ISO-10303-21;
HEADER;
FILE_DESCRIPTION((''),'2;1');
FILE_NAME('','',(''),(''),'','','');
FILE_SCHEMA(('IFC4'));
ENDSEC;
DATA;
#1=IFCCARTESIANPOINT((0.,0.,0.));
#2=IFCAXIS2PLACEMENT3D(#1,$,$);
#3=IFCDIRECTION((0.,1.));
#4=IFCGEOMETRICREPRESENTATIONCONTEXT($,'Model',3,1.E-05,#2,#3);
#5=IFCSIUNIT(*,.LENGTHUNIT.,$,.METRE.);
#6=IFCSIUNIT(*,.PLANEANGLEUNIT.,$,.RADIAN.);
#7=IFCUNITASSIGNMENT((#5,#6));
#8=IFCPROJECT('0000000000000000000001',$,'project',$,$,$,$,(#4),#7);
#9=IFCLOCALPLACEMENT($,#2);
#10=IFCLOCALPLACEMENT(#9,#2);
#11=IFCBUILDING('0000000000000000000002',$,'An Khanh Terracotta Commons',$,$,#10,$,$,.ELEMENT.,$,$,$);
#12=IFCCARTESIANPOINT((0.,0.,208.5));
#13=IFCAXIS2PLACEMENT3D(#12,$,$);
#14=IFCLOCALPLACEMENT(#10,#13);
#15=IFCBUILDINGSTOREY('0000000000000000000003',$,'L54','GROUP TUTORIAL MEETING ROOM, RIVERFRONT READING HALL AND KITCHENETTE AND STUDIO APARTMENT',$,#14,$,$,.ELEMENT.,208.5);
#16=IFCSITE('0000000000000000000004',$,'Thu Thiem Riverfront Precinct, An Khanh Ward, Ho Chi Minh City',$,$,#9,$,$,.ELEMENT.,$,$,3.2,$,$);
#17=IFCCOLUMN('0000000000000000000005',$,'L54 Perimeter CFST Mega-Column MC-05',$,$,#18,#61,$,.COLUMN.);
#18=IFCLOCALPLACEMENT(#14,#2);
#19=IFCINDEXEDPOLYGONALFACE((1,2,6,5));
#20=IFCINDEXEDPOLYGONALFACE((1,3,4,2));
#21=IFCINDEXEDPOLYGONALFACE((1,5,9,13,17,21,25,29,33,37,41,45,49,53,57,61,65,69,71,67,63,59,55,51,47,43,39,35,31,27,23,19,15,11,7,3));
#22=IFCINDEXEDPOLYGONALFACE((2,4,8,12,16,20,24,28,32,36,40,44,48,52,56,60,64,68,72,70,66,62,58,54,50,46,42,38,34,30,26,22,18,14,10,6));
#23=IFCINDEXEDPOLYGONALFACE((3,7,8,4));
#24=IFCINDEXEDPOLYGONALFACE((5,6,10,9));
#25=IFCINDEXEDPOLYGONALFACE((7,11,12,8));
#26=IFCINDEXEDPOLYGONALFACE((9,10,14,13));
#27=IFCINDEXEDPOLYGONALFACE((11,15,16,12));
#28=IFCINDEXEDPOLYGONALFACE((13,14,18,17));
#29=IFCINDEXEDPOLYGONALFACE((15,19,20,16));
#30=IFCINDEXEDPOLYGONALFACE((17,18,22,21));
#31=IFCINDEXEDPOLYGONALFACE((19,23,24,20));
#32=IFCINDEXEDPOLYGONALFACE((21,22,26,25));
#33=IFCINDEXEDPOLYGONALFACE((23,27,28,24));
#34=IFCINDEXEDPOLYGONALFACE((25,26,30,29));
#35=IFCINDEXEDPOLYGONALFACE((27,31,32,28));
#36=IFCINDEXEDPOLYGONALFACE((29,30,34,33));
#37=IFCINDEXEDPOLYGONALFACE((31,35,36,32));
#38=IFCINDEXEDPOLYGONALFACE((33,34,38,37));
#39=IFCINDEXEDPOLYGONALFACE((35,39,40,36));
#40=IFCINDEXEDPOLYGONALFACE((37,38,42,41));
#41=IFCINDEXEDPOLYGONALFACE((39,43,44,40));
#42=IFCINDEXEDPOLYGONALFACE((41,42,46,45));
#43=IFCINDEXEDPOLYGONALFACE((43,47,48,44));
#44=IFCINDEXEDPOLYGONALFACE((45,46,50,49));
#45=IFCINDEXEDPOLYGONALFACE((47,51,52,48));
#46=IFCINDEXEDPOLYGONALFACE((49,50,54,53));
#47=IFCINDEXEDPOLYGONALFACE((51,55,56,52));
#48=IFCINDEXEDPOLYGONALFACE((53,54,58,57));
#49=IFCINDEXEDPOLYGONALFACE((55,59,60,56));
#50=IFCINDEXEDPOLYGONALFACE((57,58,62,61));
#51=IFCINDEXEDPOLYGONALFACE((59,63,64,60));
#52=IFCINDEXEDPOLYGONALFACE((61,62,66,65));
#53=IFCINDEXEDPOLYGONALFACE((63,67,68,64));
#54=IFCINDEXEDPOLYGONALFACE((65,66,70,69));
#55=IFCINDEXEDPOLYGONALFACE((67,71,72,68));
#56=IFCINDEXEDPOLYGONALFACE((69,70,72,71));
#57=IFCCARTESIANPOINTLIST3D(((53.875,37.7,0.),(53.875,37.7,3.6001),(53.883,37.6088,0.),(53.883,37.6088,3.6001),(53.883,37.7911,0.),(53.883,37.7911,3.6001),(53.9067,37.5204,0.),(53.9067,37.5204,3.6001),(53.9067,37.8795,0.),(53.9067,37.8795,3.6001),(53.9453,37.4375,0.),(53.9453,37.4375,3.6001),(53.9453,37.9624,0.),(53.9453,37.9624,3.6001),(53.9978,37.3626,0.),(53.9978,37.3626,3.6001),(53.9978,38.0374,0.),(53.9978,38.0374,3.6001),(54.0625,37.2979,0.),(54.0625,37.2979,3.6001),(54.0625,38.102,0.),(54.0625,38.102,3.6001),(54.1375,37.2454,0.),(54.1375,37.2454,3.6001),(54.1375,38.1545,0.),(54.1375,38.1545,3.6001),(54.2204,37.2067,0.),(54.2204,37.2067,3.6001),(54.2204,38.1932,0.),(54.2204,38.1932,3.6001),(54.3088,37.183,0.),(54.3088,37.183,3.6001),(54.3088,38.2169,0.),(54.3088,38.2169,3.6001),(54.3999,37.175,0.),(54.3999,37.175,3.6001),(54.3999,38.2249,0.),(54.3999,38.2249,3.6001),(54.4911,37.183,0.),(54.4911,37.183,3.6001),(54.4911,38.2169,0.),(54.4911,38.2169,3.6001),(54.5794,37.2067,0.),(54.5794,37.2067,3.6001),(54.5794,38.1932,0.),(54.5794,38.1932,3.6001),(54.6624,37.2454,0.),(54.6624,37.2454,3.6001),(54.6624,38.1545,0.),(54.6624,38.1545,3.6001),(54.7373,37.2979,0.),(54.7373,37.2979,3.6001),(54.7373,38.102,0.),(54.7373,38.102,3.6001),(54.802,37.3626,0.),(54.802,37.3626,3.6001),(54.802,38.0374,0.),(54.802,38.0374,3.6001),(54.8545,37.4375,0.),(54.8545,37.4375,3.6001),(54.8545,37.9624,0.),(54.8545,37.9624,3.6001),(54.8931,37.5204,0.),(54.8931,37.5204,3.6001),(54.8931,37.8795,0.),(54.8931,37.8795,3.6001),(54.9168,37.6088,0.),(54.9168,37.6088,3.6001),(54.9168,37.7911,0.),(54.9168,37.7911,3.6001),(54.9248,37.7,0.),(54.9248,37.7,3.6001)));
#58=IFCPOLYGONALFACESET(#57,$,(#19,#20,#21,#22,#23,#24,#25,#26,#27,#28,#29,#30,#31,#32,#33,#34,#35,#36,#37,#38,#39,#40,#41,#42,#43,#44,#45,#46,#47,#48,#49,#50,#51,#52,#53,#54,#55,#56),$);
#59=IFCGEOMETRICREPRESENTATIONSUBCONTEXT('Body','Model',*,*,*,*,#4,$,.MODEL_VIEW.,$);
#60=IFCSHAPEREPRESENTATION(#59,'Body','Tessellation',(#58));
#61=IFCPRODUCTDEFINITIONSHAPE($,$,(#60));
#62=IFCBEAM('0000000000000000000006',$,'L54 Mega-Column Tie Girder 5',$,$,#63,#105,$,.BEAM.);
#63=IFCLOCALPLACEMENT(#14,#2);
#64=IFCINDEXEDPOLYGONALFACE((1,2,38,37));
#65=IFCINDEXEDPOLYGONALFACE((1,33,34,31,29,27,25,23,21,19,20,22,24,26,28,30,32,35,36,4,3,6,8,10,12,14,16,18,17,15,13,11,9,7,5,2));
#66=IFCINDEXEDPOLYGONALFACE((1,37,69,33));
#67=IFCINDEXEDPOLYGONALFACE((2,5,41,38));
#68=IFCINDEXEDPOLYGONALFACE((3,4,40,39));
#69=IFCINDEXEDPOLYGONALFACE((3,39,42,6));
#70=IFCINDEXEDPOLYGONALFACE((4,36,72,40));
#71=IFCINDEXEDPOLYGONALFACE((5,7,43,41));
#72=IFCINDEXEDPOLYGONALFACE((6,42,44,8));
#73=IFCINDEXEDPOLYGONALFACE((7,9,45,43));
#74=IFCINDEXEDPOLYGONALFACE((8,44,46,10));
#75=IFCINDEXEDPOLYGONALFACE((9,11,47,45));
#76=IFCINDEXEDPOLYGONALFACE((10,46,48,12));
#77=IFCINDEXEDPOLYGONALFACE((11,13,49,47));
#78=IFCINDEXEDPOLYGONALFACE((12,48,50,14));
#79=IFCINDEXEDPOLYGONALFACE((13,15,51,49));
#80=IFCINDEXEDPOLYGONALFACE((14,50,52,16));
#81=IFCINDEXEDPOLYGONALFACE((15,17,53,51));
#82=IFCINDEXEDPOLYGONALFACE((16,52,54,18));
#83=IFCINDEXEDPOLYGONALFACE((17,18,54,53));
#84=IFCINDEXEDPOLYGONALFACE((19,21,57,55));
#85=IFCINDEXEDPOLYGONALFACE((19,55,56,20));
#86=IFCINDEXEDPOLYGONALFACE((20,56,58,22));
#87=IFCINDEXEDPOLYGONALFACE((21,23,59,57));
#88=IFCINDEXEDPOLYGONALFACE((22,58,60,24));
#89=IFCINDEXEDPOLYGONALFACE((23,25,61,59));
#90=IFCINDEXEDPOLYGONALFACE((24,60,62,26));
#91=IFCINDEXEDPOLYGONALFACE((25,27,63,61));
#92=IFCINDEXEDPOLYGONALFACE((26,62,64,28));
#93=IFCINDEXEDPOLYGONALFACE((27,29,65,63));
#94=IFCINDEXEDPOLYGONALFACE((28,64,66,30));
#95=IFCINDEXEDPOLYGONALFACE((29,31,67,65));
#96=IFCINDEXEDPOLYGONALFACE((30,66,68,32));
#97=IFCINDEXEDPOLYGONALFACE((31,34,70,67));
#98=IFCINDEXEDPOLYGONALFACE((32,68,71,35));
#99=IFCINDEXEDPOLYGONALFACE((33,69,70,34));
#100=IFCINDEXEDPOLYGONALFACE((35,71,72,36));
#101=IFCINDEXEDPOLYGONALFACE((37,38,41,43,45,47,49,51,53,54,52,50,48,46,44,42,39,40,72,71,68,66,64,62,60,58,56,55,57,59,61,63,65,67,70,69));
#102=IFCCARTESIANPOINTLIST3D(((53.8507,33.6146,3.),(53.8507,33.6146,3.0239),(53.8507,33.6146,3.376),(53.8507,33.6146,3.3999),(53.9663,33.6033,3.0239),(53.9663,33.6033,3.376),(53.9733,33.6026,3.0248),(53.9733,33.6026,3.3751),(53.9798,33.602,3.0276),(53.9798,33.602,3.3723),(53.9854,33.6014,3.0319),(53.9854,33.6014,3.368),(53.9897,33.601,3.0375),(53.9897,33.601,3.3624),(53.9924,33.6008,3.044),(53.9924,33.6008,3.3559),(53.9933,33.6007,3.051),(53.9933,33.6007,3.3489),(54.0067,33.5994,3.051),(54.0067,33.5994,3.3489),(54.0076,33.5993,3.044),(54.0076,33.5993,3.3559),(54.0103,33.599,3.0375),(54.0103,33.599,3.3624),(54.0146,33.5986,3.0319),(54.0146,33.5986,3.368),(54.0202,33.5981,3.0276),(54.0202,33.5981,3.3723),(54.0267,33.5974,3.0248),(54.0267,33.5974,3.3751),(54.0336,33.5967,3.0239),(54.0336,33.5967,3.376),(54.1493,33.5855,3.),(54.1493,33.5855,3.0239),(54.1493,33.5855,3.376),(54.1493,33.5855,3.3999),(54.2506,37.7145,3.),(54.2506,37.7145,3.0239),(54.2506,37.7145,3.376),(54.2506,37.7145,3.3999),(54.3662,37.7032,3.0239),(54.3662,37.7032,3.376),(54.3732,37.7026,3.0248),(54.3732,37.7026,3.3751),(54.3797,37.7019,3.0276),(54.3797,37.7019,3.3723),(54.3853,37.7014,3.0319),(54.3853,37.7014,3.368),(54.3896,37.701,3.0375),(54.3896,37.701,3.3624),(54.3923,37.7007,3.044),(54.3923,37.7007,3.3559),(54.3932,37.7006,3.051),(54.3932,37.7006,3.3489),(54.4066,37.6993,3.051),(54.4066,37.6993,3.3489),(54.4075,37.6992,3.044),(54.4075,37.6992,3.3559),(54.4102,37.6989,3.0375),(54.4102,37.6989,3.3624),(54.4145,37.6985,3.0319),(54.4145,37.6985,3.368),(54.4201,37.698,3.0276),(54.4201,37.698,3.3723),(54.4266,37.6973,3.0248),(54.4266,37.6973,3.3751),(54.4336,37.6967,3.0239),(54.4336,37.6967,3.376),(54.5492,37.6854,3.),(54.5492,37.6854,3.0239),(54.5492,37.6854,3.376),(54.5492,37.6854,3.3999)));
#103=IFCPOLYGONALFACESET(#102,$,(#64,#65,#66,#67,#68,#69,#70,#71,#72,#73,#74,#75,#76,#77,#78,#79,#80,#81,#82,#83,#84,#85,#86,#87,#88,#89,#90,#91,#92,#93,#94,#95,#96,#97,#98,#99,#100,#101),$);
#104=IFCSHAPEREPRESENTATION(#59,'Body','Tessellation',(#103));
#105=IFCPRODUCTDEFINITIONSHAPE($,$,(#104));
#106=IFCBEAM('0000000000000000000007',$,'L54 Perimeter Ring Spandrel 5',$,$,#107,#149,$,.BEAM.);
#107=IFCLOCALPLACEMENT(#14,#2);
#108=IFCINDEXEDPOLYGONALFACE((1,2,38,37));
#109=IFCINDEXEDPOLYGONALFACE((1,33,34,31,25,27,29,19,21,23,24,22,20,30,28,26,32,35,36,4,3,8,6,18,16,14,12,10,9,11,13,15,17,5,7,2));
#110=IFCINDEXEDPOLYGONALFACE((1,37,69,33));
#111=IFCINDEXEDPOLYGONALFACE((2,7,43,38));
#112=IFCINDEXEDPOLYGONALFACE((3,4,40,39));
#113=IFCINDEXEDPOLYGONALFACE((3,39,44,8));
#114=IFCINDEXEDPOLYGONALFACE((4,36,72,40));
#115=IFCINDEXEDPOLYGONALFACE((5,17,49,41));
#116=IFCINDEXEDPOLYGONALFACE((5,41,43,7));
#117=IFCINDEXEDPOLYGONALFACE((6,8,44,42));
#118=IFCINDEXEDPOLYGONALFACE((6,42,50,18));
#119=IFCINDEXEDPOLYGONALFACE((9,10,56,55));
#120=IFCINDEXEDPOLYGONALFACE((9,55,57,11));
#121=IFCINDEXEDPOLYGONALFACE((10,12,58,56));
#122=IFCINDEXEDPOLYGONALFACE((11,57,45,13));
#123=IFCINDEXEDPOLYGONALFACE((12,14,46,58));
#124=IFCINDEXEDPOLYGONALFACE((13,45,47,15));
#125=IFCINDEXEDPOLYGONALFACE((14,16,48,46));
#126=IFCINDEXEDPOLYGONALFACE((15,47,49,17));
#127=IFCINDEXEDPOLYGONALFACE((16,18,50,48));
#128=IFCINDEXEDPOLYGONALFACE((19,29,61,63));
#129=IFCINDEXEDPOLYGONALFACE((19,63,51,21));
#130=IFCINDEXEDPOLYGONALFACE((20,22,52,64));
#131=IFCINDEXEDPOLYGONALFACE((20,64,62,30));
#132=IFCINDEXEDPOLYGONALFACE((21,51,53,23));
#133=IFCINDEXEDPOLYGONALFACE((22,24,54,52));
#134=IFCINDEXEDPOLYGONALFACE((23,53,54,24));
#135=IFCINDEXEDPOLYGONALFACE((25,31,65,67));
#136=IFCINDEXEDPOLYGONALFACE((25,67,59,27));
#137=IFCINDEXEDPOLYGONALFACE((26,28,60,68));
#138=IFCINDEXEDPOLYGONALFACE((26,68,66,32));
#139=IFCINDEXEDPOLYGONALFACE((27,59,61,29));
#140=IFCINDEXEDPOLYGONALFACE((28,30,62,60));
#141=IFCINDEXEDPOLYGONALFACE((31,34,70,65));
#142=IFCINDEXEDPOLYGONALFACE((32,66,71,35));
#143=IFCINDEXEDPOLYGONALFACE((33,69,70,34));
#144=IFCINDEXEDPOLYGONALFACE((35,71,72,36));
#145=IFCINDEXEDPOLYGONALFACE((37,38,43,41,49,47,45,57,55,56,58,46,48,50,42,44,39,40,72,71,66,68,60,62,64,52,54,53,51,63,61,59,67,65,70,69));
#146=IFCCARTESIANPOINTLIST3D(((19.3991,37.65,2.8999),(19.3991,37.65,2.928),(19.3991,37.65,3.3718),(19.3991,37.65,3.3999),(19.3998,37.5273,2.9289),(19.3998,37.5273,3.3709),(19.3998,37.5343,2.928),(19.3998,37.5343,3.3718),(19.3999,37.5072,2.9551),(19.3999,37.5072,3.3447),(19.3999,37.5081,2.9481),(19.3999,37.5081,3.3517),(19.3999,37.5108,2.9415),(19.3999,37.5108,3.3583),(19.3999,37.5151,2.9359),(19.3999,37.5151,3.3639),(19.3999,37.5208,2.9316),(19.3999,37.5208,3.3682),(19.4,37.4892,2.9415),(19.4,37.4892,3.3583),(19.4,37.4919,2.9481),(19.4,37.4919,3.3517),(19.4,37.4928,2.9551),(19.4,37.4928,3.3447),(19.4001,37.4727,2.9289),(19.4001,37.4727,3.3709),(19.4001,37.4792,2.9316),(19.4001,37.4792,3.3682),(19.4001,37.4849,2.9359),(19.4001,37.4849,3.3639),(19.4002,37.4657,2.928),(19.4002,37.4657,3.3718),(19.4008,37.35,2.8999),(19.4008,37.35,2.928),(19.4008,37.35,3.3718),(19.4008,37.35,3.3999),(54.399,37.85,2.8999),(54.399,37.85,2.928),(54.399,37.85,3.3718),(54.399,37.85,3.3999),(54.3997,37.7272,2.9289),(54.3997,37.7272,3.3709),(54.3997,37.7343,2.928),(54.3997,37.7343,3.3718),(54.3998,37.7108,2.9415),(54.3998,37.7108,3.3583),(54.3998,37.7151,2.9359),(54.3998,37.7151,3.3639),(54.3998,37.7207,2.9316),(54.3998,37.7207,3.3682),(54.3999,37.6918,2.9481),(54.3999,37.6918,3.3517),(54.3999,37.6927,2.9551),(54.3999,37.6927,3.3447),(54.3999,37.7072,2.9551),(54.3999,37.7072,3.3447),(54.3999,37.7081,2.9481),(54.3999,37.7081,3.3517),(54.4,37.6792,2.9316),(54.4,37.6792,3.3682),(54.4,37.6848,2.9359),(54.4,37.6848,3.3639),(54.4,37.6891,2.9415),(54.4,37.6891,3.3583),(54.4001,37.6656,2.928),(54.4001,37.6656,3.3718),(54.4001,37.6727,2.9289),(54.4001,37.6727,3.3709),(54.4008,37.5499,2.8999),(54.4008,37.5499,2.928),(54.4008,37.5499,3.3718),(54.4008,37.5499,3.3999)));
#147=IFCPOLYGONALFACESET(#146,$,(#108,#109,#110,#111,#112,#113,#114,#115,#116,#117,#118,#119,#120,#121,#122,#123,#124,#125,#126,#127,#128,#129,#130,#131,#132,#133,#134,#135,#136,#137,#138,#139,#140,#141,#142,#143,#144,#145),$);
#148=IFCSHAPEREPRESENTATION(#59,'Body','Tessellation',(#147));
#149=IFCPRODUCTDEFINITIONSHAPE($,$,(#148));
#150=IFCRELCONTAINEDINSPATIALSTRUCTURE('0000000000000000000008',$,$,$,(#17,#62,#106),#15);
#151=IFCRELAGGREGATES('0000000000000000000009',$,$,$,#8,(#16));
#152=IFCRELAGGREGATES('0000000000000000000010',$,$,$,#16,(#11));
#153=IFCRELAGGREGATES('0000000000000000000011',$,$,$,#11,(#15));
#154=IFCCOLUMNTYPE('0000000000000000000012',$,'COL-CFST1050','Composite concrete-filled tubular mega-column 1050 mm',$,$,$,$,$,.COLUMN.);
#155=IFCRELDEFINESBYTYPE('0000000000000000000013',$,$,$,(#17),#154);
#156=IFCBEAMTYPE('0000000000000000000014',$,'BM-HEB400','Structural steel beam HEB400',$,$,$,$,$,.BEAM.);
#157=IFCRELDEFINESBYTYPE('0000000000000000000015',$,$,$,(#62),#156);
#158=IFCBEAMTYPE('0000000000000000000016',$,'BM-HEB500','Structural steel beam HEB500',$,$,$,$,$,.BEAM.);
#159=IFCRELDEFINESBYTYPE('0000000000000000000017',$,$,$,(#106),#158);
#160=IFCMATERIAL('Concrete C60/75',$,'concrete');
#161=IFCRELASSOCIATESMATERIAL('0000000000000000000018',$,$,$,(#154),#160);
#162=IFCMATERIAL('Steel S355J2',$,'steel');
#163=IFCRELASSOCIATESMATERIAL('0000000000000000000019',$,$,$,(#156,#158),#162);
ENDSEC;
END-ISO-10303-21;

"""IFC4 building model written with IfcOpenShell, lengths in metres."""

from ifc_helpers import new_model, si_unit, direction, frame, origin, origin_2d, place, context, subcontext, project, spatial, circle, i_section, extrude, material, material_profile, profile_set, type_object, element, save


model = new_model("IFC4")

# Units and contexts
model_context = context("Model", 3, precision=1e-05, world=origin(), true_north=direction((0.0, 1.0)))
body_context = subcontext(model_context, "Body", "Model", "MODEL_VIEW")
ifc_project = project(units=[si_unit("LENGTHUNIT", "METRE"), si_unit("PLANEANGLEUNIT", "RADIAN")], contexts=[model_context])

# Site, building, storey
site_placement = place(None, origin())
site = spatial("IfcSite", under=ifc_project, at=site_placement, Name="Thu Thiem Riverfront Precinct, An Khanh Ward, Ho Chi Minh City", CompositionType="ELEMENT", RefElevation=3.2)
building_placement = place(site_placement, origin())
building = spatial("IfcBuilding", under=site, at=building_placement, Name="An Khanh Terracotta Commons", CompositionType="ELEMENT")
storey_placement = place(building_placement, frame((0.0, 0.0, 208.5)))
storey = spatial("IfcBuildingStorey", under=building, at=storey_placement, Name="L54", Description="GROUP TUTORIAL MEETING ROOM, RIVERFRONT READING HALL AND KITCHENETTE AND STUDIO APARTMENT", CompositionType="ELEMENT", Elevation=208.5)

# Column
ifc_material_1 = material(Name="Concrete C60/75", Category="concrete")
ifc_material_profile_1 = material_profile(ifc_material_1, circle(Radius=0.5249, at=origin_2d()), Name="CFST1050")
ifc_profile_set_1 = profile_set([ifc_material_profile_1], Name="Concrete C60/75")
column_type = type_object("IfcColumnType", Name="COL-CFST1050", Description="Composite concrete-filled tubular mega-column 1050 mm", PredefinedType="COLUMN", material=ifc_profile_set_1)
column_placement = place(storey_placement, frame((54.3999, 37.7, 0.0), z_axis=(0.0, 0.0, 1.0), x_axis=(1.0, 0.0, 0.0)))
element("IfcColumn", 1, at=column_placement, inside=storey, type_object=column_type, Name="L54 Perimeter CFST Mega-Column MC-05", PredefinedType="COLUMN", context=body_context, shape_type="SweptSolid", body=[
    extrude(circle(Radius=0.5249, at=origin_2d()), origin(), (0.0, 0.0, 1.0), 3.6001),
])

# Beams
ifc_material_2 = material(Name="Steel S355J2", Category="steel")
ifc_material_profile_2 = material_profile(ifc_material_2, i_section(OverallWidth=0.3, OverallDepth=0.3999, WebThickness=0.0134, FlangeThickness=0.0239, FilletRadius=0.0271, at=origin_2d()), Name="HEB400")
ifc_profile_set_2 = profile_set([ifc_material_profile_2], Name="Steel S355J2")
beam_type_1 = type_object("IfcBeamType", Name="BM-HEB400", Description="Structural steel beam HEB400", PredefinedType="BEAM", material=ifc_profile_set_2)
beam_1_placement = place(storey_placement, frame((54.3999, 37.7, 3.2), z_axis=(-0.09708, -0.995277, 0.0), x_axis=(0.995277, -0.09708, 0.0)))
element("IfcBeam", 2, at=beam_1_placement, inside=storey, type_object=beam_type_1, Name="L54 Mega-Column Tie Girder 5", PredefinedType="BEAM", context=body_context, shape_type="SweptSolid", body=[
    extrude(i_section(OverallWidth=0.3, OverallDepth=0.3999, WebThickness=0.0134, FlangeThickness=0.0239, FilletRadius=0.0271, at=origin_2d()), origin(), (0.0, 0.0, 1.0), 4.1194),
])
ifc_material_profile_3 = material_profile(ifc_material_2, i_section(OverallWidth=0.3, OverallDepth=0.5, WebThickness=0.0144, FlangeThickness=0.0281, FilletRadius=0.0271, at=origin_2d()), Name="HEB500")
ifc_profile_set_3 = profile_set([ifc_material_profile_3], Name="Steel S355J2")
beam_type_2 = type_object("IfcBeamType", Name="BM-HEB500", Description="Structural steel beam HEB500", PredefinedType="BEAM", material=ifc_profile_set_3)
beam_2_placement = place(storey_placement, frame((54.3999, 37.7, 3.1499), z_axis=(-0.999984, -0.005713, 0.0), x_axis=(0.005713, -0.999984, 0.0)))
element("IfcBeam", 3, at=beam_2_placement, inside=storey, type_object=beam_type_2, Name="L54 Perimeter Ring Spandrel 5", PredefinedType="BEAM", context=body_context, shape_type="SweptSolid", body=[
    extrude(i_section(OverallWidth=0.3, OverallDepth=0.5, WebThickness=0.0144, FlangeThickness=0.0281, FilletRadius=0.0271, at=origin_2d()), origin(), (0.0, 0.0, 1.0), 35.0005),
])

save(model, "model.ifc")
